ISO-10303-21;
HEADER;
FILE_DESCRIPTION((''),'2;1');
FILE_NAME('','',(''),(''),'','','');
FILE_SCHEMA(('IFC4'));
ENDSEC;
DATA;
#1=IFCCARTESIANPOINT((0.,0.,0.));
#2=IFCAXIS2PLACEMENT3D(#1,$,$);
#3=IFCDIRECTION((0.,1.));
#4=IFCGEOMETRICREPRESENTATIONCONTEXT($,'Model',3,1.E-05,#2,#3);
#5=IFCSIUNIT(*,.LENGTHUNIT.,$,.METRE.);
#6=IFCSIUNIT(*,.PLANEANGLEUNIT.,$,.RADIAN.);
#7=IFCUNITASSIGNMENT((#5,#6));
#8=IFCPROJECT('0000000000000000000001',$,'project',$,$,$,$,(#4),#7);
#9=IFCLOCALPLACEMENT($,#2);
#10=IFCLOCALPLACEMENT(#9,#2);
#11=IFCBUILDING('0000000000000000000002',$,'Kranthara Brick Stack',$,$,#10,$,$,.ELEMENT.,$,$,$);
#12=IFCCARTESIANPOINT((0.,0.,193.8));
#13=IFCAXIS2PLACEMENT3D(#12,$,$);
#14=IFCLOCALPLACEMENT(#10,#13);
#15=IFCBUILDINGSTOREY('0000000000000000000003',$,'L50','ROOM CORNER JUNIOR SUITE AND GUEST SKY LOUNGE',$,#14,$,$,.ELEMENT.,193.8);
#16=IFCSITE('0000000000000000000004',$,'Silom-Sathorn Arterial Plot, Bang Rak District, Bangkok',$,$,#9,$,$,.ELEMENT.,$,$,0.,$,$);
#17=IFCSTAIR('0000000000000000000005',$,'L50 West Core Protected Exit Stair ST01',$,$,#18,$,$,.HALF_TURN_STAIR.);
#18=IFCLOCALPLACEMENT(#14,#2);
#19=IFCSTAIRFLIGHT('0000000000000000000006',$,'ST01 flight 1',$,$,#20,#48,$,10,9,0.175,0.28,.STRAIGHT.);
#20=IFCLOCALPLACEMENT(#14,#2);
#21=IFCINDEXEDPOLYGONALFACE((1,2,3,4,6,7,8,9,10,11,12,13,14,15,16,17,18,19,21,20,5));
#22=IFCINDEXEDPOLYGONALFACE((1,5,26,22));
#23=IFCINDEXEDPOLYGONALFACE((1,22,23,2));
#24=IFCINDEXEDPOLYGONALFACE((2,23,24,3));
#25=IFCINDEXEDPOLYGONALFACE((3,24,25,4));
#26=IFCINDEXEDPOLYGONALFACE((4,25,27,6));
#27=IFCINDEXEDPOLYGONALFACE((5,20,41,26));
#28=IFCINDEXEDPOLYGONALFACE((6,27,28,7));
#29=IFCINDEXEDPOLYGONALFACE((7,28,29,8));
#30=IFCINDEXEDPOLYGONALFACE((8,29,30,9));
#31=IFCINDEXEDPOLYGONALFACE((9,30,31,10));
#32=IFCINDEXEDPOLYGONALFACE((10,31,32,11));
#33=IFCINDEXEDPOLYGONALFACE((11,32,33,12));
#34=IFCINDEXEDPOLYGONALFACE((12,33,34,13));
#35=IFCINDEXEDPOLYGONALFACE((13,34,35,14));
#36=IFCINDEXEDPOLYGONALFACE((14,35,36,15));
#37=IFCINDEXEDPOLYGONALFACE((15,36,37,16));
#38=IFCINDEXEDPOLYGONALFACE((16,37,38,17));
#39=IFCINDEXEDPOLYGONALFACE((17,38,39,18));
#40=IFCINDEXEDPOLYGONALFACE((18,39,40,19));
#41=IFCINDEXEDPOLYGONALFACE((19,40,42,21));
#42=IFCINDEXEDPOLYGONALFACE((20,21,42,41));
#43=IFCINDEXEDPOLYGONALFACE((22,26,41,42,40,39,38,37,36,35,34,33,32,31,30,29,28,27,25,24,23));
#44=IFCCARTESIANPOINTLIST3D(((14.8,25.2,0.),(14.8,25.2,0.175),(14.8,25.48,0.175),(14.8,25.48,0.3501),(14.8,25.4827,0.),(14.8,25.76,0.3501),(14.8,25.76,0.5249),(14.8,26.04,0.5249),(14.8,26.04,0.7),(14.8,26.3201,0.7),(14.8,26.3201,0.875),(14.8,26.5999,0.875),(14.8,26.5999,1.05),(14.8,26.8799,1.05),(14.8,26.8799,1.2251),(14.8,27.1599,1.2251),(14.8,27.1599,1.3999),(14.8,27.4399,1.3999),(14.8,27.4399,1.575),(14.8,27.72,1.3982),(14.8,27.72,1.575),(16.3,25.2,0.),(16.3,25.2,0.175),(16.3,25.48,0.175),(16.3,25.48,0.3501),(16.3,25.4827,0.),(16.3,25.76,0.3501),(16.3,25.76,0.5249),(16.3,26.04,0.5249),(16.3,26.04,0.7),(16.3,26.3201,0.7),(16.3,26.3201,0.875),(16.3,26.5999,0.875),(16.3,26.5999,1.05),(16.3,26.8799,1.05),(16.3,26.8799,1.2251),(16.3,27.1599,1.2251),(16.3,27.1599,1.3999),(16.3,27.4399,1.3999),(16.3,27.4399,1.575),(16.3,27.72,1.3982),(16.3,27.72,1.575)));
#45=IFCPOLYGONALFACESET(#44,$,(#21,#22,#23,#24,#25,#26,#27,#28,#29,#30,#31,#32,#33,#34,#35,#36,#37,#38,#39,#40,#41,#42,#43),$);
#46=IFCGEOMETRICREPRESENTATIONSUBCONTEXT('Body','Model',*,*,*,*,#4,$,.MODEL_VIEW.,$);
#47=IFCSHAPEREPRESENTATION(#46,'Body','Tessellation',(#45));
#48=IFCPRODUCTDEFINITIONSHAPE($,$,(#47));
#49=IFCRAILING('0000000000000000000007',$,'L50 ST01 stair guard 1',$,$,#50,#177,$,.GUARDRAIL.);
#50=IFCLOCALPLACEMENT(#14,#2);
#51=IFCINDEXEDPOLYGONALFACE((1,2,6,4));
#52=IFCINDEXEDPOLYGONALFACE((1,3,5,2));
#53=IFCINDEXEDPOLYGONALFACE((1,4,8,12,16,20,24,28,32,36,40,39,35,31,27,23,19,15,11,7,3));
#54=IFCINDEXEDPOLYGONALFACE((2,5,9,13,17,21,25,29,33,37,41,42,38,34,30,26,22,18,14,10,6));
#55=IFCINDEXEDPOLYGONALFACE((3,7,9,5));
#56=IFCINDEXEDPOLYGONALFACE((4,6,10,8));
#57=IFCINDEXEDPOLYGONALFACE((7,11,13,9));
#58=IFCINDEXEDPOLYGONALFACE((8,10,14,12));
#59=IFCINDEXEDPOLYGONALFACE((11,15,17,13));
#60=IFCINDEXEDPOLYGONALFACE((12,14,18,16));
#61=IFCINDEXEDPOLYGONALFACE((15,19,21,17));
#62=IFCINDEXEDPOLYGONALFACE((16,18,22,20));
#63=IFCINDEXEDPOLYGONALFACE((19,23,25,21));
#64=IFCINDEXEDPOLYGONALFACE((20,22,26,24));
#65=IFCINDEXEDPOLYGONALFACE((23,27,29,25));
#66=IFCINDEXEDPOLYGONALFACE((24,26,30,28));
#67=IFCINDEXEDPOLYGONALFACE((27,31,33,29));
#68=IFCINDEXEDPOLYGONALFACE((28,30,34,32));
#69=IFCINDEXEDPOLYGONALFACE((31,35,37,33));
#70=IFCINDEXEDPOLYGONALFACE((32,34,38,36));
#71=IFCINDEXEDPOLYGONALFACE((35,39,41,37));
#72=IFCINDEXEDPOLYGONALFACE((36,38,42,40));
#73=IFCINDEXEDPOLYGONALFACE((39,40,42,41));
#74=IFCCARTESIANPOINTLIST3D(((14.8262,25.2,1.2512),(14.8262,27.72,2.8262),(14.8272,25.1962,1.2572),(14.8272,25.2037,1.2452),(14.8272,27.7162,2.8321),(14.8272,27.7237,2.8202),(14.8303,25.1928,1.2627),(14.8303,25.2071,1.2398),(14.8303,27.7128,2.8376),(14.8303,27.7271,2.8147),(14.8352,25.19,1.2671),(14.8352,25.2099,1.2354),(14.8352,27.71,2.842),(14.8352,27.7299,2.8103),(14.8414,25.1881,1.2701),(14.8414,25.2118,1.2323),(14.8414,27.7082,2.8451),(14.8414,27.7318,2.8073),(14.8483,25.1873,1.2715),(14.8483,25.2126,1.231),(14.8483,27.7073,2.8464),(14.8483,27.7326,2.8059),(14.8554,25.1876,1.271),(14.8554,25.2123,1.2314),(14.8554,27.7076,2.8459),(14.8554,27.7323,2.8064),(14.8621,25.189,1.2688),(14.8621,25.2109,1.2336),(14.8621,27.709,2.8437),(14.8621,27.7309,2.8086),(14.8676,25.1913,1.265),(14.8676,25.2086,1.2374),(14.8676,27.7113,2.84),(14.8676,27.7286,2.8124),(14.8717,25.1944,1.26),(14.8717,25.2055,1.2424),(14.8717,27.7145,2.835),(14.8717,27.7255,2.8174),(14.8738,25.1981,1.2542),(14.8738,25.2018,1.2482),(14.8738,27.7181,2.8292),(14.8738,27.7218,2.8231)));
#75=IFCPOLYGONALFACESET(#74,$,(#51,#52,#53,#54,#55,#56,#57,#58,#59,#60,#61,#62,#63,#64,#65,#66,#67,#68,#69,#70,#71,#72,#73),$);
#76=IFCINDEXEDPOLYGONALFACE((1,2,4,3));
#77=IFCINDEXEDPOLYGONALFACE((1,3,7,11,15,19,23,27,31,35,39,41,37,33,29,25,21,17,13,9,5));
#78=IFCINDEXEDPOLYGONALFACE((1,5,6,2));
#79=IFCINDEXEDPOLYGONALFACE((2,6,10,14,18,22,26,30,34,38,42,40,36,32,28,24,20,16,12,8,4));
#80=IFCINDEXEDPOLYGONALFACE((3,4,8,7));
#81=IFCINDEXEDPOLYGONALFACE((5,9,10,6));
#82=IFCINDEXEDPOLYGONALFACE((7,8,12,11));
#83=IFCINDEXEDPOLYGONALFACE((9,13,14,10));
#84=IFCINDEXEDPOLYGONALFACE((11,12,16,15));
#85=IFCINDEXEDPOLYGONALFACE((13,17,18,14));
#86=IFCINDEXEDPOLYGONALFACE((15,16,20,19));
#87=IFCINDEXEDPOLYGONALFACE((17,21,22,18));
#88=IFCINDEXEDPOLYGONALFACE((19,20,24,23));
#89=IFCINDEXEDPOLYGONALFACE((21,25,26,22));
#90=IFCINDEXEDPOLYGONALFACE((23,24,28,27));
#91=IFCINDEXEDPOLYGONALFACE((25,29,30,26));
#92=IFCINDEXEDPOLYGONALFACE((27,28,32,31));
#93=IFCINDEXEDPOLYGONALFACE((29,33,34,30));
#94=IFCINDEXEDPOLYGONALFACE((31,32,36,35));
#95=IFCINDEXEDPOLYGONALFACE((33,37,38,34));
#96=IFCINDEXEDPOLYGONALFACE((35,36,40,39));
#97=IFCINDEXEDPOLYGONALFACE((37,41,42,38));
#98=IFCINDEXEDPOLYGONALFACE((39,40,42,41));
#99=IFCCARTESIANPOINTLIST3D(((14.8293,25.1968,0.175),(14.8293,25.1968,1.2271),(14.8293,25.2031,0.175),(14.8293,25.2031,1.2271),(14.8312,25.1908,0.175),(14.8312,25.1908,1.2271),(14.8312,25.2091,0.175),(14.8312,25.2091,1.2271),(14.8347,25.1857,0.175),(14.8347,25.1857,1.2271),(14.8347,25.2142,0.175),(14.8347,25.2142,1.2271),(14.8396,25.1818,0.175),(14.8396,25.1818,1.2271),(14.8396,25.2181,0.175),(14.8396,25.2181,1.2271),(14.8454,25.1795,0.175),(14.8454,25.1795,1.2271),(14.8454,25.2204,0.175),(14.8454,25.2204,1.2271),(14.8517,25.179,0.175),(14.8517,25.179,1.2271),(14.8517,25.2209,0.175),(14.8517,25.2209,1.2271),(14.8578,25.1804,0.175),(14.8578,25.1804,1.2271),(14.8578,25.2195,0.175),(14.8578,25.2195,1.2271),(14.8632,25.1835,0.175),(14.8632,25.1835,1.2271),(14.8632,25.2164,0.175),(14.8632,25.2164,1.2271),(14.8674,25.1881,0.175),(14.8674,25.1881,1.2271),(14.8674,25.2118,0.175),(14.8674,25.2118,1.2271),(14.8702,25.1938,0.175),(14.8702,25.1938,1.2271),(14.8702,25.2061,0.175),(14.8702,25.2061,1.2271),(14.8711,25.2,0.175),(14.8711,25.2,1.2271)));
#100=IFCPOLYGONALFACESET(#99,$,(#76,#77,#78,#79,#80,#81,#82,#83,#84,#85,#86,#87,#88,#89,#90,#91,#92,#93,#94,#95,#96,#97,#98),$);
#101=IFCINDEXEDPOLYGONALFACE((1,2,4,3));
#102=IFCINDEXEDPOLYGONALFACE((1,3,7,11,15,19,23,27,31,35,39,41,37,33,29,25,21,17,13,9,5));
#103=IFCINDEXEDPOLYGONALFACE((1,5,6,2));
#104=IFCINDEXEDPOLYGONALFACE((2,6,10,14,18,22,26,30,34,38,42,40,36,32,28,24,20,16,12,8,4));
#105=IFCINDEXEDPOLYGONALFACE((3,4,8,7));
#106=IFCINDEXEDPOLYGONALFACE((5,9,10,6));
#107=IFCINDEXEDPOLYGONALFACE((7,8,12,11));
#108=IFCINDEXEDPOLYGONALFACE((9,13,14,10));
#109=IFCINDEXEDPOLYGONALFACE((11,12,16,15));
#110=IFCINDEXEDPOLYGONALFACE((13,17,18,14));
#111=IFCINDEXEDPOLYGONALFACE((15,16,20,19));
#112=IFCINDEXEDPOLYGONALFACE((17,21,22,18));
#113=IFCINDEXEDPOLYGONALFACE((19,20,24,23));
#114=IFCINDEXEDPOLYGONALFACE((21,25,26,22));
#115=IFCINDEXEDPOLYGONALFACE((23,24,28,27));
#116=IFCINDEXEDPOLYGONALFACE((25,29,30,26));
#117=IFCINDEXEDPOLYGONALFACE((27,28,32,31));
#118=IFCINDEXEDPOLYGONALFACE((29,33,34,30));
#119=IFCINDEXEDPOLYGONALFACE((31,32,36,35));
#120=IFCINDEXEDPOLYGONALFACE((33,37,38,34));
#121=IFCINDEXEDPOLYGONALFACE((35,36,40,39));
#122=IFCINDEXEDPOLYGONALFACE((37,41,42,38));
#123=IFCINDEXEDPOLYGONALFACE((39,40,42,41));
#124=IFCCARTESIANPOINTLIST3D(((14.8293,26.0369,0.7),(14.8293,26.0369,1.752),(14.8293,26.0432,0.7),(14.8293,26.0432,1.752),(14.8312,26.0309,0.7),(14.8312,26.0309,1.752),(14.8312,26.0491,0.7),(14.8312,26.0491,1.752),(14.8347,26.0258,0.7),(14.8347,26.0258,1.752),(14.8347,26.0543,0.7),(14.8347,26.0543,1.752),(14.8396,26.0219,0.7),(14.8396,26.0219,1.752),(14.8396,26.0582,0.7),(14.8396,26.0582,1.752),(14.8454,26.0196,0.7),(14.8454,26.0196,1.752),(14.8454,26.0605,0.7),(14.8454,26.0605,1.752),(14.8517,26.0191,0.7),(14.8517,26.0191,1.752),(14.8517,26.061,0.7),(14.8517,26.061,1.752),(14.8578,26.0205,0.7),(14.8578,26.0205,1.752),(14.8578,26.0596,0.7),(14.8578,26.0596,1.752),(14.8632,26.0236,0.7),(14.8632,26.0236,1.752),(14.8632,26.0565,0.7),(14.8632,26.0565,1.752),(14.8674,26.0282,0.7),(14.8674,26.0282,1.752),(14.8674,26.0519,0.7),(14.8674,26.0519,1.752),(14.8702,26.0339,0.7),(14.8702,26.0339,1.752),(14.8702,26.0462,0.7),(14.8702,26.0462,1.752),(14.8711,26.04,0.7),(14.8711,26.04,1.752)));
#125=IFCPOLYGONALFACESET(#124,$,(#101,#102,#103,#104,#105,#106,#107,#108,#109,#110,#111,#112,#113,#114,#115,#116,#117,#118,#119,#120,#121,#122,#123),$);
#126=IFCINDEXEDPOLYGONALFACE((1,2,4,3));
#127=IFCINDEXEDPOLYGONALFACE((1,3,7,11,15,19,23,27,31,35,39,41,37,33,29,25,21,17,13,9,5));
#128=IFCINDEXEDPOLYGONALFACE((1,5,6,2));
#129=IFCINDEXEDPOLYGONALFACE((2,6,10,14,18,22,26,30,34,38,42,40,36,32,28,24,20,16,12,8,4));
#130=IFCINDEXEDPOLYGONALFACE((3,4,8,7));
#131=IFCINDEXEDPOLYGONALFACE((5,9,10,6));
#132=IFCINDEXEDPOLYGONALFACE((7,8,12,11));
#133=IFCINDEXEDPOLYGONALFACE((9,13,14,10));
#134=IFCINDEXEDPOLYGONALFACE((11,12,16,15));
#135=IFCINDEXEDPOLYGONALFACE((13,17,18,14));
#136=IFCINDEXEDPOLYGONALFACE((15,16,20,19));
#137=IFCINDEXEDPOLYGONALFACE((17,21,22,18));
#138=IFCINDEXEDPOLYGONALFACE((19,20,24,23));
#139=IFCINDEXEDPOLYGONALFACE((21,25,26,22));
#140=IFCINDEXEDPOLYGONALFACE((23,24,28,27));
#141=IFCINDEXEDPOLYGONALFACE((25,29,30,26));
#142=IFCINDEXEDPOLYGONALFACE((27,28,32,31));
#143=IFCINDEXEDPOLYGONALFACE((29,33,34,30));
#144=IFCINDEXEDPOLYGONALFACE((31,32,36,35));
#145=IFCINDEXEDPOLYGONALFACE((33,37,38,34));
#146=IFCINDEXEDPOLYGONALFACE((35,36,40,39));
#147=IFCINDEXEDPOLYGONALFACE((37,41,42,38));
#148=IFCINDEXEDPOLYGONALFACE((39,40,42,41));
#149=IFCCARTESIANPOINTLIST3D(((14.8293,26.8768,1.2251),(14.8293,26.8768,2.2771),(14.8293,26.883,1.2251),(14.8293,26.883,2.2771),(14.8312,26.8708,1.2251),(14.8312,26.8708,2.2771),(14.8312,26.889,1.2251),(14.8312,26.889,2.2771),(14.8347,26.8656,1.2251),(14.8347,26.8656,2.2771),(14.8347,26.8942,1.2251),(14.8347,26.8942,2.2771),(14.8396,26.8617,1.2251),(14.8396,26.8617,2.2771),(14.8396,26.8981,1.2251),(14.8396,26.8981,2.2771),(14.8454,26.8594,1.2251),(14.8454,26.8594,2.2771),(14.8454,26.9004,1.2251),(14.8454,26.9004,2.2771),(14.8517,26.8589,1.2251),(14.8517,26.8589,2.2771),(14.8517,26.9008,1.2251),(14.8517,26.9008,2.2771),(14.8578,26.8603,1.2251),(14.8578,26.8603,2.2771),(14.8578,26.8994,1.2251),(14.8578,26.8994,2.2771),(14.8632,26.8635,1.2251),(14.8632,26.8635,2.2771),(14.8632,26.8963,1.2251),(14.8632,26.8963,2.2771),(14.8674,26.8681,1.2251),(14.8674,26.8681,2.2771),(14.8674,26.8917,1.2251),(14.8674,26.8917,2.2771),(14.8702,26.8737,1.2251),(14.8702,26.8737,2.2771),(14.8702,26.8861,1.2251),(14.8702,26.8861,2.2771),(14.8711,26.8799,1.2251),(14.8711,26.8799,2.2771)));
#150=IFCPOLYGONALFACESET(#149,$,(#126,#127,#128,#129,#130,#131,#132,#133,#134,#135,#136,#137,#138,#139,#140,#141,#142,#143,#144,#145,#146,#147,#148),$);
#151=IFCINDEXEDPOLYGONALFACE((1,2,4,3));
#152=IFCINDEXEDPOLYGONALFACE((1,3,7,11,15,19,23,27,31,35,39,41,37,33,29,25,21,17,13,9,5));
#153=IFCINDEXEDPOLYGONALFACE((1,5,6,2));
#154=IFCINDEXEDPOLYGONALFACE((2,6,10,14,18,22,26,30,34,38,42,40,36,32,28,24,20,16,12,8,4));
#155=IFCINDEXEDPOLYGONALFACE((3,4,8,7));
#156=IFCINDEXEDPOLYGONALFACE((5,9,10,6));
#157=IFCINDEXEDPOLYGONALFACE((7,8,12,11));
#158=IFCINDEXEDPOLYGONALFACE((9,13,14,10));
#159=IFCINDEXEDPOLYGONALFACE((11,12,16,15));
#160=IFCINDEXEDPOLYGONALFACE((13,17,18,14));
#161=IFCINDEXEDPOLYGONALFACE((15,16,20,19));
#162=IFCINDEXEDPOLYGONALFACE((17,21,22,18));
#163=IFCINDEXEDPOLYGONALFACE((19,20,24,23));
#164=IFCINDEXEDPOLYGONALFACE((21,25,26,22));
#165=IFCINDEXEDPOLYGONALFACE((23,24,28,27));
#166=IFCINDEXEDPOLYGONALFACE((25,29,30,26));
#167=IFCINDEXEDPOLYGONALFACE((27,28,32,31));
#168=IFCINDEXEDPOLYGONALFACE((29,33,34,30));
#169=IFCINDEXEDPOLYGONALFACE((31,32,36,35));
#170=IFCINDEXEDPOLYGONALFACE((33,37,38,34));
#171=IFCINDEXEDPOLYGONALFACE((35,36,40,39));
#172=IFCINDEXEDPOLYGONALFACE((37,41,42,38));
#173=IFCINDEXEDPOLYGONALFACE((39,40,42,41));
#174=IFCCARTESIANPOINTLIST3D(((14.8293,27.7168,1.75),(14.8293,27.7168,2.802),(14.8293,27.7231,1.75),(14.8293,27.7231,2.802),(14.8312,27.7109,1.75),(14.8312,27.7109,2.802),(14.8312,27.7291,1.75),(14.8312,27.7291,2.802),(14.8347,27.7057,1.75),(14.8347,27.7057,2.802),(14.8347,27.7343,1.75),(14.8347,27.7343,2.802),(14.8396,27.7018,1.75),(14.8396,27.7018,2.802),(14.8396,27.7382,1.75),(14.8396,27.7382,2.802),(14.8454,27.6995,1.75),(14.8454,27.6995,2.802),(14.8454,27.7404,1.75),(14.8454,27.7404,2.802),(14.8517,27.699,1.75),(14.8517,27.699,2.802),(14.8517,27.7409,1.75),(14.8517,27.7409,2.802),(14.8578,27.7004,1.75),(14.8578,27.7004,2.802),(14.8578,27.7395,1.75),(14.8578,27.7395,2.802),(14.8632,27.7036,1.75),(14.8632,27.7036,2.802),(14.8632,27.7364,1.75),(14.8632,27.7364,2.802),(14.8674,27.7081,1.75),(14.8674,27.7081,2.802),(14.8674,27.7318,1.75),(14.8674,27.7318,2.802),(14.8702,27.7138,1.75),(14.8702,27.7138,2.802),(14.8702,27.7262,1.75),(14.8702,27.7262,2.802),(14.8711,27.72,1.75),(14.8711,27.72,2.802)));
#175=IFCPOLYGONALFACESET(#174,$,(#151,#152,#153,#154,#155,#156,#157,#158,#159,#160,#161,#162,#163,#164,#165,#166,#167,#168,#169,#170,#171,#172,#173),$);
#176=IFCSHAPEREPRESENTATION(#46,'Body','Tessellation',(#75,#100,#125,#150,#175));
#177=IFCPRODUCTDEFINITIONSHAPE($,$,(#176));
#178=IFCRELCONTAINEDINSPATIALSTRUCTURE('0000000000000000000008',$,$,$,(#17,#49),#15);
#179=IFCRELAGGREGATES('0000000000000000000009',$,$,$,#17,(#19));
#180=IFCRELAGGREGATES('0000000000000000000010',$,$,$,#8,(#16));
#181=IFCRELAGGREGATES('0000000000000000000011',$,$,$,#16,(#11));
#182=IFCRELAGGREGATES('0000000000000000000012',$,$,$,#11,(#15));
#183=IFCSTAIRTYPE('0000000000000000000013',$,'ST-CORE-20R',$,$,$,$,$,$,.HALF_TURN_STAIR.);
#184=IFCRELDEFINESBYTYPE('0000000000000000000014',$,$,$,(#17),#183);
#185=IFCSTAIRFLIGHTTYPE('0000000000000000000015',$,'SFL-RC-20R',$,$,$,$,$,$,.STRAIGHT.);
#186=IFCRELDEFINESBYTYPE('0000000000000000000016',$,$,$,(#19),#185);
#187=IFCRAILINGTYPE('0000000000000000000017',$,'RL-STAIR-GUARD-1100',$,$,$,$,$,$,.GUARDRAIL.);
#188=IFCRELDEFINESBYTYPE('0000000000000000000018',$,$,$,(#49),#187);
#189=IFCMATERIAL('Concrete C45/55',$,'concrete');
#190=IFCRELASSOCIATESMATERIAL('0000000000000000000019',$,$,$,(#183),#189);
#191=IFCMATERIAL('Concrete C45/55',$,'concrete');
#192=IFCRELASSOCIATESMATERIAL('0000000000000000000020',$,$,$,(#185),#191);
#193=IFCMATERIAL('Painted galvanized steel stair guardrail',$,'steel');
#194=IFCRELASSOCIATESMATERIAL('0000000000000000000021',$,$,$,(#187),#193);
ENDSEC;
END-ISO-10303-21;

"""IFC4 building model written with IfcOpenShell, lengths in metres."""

from ifc_helpers import new_model, si_unit, direction, frame, origin, origin_2d, place, context, subcontext, project, spatial, polyline, circle, outline, extrude, material, type_object, element, aggregate, save


model = new_model("IFC4")

# Units and contexts
model_context = context("Model", 3, precision=1e-05, world=origin(), true_north=direction((0.0, 1.0)))
body_context = subcontext(model_context, "Body", "Model", "MODEL_VIEW")
ifc_project = project(units=[si_unit("LENGTHUNIT", "METRE"), si_unit("PLANEANGLEUNIT", "RADIAN")], contexts=[model_context])

# Site, building, storey
site_placement = place(None, origin())
site = spatial("IfcSite", under=ifc_project, at=site_placement, Name="Silom-Sathorn Arterial Plot, Bang Rak District, Bangkok", CompositionType="ELEMENT", RefElevation=0.0)
building_placement = place(site_placement, origin())
building = spatial("IfcBuilding", under=site, at=building_placement, Name="Kranthara Brick Stack", CompositionType="ELEMENT")
storey_placement = place(building_placement, frame((0.0, 0.0, 193.8)))
storey = spatial("IfcBuildingStorey", under=building, at=storey_placement, Name="L50", Description="ROOM CORNER JUNIOR SUITE AND GUEST SKY LOUNGE", CompositionType="ELEMENT", Elevation=193.8)

# Stair, stair flight
ifc_material_1 = material(Name="Concrete C45/55", Category="concrete")
stair_type = type_object("IfcStairType", Name="ST-CORE-20R", PredefinedType="HALF_TURN_STAIR", material=ifc_material_1)
stair_placement = place(storey_placement, origin())
stair = element("IfcStair", 1, at=stair_placement, inside=storey, type_object=stair_type, Name="L50 West Core Protected Exit Stair ST01", PredefinedType="HALF_TURN_STAIR")
ifc_material_2 = material(Name="Concrete C45/55", Category="concrete")
stair_flight_type = type_object("IfcStairFlightType", Name="SFL-RC-20R", PredefinedType="STRAIGHT", material=ifc_material_2)
stair_flight_placement = place(storey_placement, frame((15.55, 25.2, 0.0), z_axis=(0.0, 0.0, 1.0), x_axis=(0.0, 1.0, 0.0)))
stair_flight = element("IfcStairFlight", 2, at=stair_flight_placement, type_object=stair_flight_type, Name="ST01 flight 1", NumberOfRisers=10, NumberOfTreads=9, PredefinedType="STRAIGHT", RiserHeight=0.175, TreadLength=0.28, context=body_context, shape_type="SweptSolid", body=[
    extrude(outline(polyline([(0.0, 0.0), (0.0, 0.175), (0.28, 0.175), (0.28, 0.3501), (0.5601, 0.3501), (0.5601, 0.5249), (0.8401, 0.5249), (0.8401, 0.7), (1.1201, 0.7), (1.1201, 0.875), (1.3999, 0.875), (1.3999, 1.05), (1.6799, 1.05), (1.6799, 1.2251), (1.96, 1.2251), (1.96, 1.3999), (2.24, 1.3999), (2.24, 1.575), (2.52, 1.575), (2.52, 1.75), (2.52, 1.3982), (0.2827, 0.0), (0.0, 0.0)])), frame((0.0, 0.75, 0.0), z_axis=(0.0, -1.0, 0.0), x_axis=(1.0, 0.0, 0.0)), (0.0, 0.0, 1.0), 1.5),
])
aggregate(stair, [stair_flight])

# Railing
ifc_material_3 = material(Name="Painted galvanized steel stair guardrail", Category="steel")
railing_type_1 = type_object("IfcRailingType", Name="RL-STAIR-GUARD-1100", PredefinedType="GUARDRAIL", material=ifc_material_3)
railing_1_placement = place(storey_placement, frame((14.8501, 25.2, 0.175)))
element("IfcRailing", 3, at=railing_1_placement, inside=storey, type_object=railing_type_1, Name="L50 ST01 stair guard 1", PredefinedType="GUARDRAIL", context=body_context, shape_type="SweptSolid", body=[
    extrude(circle(Radius=0.0239, at=origin_2d()), frame((0.0, 0.0, 1.0762), z_axis=(0.0, 0.848008, 0.529984), x_axis=(-1.0, 0.0, 0.0)), (0.0, 0.0, 1.0), 2.9717),
    extrude(circle(Radius=0.021, at=origin_2d()), origin(), (0.0, 0.0, 1.0), 1.052),
    extrude(circle(Radius=0.021, at=origin_2d()), frame((0.0, 0.8401, 0.5249)), (0.0, 0.0, 1.0), 1.052),
    extrude(circle(Radius=0.021, at=origin_2d()), frame((0.0, 1.6799, 1.05)), (0.0, 0.0, 1.0), 1.052),
    extrude(circle(Radius=0.021, at=origin_2d()), frame((0.0, 2.52, 1.575)), (0.0, 0.0, 1.0), 1.052),
])

save(model, "model.ifc")
